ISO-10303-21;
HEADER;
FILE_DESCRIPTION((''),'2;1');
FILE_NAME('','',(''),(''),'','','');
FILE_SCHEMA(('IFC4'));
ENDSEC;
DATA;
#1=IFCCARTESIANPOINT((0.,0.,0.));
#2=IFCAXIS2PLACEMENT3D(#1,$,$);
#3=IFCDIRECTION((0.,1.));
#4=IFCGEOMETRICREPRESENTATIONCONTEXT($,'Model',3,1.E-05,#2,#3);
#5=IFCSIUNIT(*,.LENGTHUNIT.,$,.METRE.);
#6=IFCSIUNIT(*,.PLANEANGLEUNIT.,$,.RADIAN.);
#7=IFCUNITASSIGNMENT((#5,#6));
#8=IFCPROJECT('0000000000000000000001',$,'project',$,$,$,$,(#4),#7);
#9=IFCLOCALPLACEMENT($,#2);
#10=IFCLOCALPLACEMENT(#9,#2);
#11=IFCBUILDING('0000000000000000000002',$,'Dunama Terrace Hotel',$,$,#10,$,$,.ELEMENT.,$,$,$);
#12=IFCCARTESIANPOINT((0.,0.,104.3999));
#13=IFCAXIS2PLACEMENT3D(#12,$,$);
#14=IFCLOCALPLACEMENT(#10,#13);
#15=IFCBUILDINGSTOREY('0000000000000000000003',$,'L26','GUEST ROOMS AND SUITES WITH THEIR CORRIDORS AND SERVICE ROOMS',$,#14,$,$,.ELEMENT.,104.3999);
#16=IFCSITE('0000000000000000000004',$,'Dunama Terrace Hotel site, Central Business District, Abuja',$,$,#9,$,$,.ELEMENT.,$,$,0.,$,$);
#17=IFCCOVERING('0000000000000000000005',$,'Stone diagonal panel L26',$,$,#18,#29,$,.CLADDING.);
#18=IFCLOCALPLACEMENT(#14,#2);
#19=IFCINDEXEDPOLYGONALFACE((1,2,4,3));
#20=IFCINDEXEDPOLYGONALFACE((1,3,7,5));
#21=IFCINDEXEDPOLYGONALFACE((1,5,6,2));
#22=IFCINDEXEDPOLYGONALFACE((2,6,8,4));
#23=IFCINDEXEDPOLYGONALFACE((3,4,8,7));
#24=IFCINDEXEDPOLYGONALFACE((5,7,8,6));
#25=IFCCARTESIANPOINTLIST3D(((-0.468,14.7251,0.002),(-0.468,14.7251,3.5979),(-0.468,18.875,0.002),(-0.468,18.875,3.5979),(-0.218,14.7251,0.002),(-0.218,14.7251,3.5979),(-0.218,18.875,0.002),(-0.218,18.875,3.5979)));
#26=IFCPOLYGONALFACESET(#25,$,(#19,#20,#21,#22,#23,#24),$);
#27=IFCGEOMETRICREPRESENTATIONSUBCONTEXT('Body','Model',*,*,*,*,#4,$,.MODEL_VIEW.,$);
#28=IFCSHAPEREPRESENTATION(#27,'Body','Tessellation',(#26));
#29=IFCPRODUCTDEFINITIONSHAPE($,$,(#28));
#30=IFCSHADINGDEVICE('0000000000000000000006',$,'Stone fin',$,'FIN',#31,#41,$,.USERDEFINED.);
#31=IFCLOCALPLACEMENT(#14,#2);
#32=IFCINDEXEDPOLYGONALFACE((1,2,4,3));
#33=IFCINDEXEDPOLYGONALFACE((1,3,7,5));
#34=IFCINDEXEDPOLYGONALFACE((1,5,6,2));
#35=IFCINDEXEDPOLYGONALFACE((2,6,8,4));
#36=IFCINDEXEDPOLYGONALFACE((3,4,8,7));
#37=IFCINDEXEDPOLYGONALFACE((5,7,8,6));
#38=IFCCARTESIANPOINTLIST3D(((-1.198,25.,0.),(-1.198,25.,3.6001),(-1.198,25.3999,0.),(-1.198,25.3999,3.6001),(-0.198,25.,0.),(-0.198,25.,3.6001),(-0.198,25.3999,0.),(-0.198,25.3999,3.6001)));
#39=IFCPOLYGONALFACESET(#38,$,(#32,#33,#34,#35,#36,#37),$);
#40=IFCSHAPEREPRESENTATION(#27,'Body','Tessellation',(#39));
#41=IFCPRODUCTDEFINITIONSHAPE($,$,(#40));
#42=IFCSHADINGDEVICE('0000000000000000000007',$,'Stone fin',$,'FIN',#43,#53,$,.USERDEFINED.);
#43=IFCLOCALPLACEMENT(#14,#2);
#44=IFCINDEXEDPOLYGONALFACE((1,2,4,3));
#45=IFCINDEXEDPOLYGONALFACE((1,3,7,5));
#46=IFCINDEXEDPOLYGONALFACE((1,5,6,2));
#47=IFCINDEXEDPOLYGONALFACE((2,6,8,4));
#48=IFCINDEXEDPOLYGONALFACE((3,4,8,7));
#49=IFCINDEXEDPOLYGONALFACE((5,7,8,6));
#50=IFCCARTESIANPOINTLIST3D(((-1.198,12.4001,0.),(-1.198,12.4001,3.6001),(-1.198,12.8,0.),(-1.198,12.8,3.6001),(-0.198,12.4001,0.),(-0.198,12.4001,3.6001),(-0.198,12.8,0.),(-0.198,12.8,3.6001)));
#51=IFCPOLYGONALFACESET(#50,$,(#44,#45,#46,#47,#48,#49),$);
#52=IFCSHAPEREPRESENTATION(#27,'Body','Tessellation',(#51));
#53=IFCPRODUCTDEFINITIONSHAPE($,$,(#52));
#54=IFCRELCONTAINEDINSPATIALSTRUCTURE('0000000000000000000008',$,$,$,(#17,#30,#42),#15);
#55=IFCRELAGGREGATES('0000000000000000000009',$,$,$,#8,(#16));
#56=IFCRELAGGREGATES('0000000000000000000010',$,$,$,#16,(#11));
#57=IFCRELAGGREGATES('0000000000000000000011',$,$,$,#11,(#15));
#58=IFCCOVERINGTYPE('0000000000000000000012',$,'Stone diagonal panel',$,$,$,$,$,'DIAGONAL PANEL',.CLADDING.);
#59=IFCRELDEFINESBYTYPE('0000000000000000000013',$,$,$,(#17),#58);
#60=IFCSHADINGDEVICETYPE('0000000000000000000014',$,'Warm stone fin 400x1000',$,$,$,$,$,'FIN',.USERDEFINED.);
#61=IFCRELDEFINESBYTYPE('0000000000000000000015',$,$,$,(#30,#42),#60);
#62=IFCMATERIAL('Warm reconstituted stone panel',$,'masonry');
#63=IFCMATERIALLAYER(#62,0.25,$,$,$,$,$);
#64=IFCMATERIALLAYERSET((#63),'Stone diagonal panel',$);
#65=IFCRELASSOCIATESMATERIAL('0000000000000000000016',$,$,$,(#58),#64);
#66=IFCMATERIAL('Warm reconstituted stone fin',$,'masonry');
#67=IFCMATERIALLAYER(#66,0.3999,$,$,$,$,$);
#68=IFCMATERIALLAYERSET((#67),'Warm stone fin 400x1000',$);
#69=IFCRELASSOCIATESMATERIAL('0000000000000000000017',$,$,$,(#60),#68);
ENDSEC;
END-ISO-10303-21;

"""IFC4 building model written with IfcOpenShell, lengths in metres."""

from ifc_helpers import new_model, si_unit, direction, frame, origin, origin_2d, place, context, subcontext, project, spatial, rectangle, extrude, material, layer, layer_set, type_object, element, save


model = new_model("IFC4")

# Units and contexts
model_context = context("Model", 3, precision=1e-05, world=origin(), true_north=direction((0.0, 1.0)))
body_context = subcontext(model_context, "Body", "Model", "MODEL_VIEW")
ifc_project = project(units=[si_unit("LENGTHUNIT", "METRE"), si_unit("PLANEANGLEUNIT", "RADIAN")], contexts=[model_context])

# Site, building, storey
site_placement = place(None, origin())
site = spatial("IfcSite", under=ifc_project, at=site_placement, Name="Dunama Terrace Hotel site, Central Business District, Abuja", CompositionType="ELEMENT", RefElevation=0.0)
building_placement = place(site_placement, origin())
building = spatial("IfcBuilding", under=site, at=building_placement, Name="Dunama Terrace Hotel", CompositionType="ELEMENT")
storey_placement = place(building_placement, frame((0.0, 0.0, 104.3999)))
storey = spatial("IfcBuildingStorey", under=building, at=storey_placement, Name="L26", Description="GUEST ROOMS AND SUITES WITH THEIR CORRIDORS AND SERVICE ROOMS", CompositionType="ELEMENT", Elevation=104.3999)

# Covering
ifc_material_1 = material(Name="Warm reconstituted stone panel", Category="masonry")
ifc_layer_1 = layer(ifc_material_1, 0.25)
ifc_layer_set_1 = layer_set([ifc_layer_1], Name="Stone diagonal panel")
covering_type = type_object("IfcCoveringType", Name="Stone diagonal panel", ElementType="DIAGONAL PANEL", PredefinedType="CLADDING", material=ifc_layer_set_1)
covering_placement = place(storey_placement, frame((-0.343, 16.8, 0.002), z_axis=(0.0, 0.0, 1.0), x_axis=(0.0, -1.0, 0.0)))
element("IfcCovering", 1, at=covering_placement, inside=storey, type_object=covering_type, Name="Stone diagonal panel L26", PredefinedType="CLADDING", context=body_context, shape_type="SweptSolid", body=[
    extrude(rectangle(XDim=4.1499, YDim=0.25, at=origin_2d()), origin(), (0.0, 0.0, 1.0), 3.5959),
])

# Shading devices
ifc_material_2 = material(Name="Warm reconstituted stone fin", Category="masonry")
ifc_layer_2 = layer(ifc_material_2, 0.3999)
ifc_layer_set_2 = layer_set([ifc_layer_2], Name="Warm stone fin 400x1000")
shading_device_type = type_object("IfcShadingDeviceType", Name="Warm stone fin 400x1000", ElementType="FIN", PredefinedType="USERDEFINED", material=ifc_layer_set_2)
for number, where, z_axis, x_axis, name in (
    (2, (-0.698, 25.2, 0.0), (0.0, 0.0, 1.0), (0.0, -1.0, 0.0), "Stone fin"),
    (3, (-0.698, 12.6001, 0.0), (0.0, 0.0, 1.0), (0.0, -1.0, 0.0), "Stone fin"),
):
    element("IfcShadingDevice", number, at=place(storey_placement, frame(where, z_axis=z_axis, x_axis=x_axis)), inside=storey, type_object=shading_device_type, Name=name, ObjectType="FIN", PredefinedType="USERDEFINED", context=body_context, shape_type="SweptSolid", body=[
        extrude(rectangle(XDim=0.3999, YDim=1.0, at=origin_2d()), origin(), (0.0, 0.0, 1.0), 3.6001),
    ])

save(model, "model.ifc")
